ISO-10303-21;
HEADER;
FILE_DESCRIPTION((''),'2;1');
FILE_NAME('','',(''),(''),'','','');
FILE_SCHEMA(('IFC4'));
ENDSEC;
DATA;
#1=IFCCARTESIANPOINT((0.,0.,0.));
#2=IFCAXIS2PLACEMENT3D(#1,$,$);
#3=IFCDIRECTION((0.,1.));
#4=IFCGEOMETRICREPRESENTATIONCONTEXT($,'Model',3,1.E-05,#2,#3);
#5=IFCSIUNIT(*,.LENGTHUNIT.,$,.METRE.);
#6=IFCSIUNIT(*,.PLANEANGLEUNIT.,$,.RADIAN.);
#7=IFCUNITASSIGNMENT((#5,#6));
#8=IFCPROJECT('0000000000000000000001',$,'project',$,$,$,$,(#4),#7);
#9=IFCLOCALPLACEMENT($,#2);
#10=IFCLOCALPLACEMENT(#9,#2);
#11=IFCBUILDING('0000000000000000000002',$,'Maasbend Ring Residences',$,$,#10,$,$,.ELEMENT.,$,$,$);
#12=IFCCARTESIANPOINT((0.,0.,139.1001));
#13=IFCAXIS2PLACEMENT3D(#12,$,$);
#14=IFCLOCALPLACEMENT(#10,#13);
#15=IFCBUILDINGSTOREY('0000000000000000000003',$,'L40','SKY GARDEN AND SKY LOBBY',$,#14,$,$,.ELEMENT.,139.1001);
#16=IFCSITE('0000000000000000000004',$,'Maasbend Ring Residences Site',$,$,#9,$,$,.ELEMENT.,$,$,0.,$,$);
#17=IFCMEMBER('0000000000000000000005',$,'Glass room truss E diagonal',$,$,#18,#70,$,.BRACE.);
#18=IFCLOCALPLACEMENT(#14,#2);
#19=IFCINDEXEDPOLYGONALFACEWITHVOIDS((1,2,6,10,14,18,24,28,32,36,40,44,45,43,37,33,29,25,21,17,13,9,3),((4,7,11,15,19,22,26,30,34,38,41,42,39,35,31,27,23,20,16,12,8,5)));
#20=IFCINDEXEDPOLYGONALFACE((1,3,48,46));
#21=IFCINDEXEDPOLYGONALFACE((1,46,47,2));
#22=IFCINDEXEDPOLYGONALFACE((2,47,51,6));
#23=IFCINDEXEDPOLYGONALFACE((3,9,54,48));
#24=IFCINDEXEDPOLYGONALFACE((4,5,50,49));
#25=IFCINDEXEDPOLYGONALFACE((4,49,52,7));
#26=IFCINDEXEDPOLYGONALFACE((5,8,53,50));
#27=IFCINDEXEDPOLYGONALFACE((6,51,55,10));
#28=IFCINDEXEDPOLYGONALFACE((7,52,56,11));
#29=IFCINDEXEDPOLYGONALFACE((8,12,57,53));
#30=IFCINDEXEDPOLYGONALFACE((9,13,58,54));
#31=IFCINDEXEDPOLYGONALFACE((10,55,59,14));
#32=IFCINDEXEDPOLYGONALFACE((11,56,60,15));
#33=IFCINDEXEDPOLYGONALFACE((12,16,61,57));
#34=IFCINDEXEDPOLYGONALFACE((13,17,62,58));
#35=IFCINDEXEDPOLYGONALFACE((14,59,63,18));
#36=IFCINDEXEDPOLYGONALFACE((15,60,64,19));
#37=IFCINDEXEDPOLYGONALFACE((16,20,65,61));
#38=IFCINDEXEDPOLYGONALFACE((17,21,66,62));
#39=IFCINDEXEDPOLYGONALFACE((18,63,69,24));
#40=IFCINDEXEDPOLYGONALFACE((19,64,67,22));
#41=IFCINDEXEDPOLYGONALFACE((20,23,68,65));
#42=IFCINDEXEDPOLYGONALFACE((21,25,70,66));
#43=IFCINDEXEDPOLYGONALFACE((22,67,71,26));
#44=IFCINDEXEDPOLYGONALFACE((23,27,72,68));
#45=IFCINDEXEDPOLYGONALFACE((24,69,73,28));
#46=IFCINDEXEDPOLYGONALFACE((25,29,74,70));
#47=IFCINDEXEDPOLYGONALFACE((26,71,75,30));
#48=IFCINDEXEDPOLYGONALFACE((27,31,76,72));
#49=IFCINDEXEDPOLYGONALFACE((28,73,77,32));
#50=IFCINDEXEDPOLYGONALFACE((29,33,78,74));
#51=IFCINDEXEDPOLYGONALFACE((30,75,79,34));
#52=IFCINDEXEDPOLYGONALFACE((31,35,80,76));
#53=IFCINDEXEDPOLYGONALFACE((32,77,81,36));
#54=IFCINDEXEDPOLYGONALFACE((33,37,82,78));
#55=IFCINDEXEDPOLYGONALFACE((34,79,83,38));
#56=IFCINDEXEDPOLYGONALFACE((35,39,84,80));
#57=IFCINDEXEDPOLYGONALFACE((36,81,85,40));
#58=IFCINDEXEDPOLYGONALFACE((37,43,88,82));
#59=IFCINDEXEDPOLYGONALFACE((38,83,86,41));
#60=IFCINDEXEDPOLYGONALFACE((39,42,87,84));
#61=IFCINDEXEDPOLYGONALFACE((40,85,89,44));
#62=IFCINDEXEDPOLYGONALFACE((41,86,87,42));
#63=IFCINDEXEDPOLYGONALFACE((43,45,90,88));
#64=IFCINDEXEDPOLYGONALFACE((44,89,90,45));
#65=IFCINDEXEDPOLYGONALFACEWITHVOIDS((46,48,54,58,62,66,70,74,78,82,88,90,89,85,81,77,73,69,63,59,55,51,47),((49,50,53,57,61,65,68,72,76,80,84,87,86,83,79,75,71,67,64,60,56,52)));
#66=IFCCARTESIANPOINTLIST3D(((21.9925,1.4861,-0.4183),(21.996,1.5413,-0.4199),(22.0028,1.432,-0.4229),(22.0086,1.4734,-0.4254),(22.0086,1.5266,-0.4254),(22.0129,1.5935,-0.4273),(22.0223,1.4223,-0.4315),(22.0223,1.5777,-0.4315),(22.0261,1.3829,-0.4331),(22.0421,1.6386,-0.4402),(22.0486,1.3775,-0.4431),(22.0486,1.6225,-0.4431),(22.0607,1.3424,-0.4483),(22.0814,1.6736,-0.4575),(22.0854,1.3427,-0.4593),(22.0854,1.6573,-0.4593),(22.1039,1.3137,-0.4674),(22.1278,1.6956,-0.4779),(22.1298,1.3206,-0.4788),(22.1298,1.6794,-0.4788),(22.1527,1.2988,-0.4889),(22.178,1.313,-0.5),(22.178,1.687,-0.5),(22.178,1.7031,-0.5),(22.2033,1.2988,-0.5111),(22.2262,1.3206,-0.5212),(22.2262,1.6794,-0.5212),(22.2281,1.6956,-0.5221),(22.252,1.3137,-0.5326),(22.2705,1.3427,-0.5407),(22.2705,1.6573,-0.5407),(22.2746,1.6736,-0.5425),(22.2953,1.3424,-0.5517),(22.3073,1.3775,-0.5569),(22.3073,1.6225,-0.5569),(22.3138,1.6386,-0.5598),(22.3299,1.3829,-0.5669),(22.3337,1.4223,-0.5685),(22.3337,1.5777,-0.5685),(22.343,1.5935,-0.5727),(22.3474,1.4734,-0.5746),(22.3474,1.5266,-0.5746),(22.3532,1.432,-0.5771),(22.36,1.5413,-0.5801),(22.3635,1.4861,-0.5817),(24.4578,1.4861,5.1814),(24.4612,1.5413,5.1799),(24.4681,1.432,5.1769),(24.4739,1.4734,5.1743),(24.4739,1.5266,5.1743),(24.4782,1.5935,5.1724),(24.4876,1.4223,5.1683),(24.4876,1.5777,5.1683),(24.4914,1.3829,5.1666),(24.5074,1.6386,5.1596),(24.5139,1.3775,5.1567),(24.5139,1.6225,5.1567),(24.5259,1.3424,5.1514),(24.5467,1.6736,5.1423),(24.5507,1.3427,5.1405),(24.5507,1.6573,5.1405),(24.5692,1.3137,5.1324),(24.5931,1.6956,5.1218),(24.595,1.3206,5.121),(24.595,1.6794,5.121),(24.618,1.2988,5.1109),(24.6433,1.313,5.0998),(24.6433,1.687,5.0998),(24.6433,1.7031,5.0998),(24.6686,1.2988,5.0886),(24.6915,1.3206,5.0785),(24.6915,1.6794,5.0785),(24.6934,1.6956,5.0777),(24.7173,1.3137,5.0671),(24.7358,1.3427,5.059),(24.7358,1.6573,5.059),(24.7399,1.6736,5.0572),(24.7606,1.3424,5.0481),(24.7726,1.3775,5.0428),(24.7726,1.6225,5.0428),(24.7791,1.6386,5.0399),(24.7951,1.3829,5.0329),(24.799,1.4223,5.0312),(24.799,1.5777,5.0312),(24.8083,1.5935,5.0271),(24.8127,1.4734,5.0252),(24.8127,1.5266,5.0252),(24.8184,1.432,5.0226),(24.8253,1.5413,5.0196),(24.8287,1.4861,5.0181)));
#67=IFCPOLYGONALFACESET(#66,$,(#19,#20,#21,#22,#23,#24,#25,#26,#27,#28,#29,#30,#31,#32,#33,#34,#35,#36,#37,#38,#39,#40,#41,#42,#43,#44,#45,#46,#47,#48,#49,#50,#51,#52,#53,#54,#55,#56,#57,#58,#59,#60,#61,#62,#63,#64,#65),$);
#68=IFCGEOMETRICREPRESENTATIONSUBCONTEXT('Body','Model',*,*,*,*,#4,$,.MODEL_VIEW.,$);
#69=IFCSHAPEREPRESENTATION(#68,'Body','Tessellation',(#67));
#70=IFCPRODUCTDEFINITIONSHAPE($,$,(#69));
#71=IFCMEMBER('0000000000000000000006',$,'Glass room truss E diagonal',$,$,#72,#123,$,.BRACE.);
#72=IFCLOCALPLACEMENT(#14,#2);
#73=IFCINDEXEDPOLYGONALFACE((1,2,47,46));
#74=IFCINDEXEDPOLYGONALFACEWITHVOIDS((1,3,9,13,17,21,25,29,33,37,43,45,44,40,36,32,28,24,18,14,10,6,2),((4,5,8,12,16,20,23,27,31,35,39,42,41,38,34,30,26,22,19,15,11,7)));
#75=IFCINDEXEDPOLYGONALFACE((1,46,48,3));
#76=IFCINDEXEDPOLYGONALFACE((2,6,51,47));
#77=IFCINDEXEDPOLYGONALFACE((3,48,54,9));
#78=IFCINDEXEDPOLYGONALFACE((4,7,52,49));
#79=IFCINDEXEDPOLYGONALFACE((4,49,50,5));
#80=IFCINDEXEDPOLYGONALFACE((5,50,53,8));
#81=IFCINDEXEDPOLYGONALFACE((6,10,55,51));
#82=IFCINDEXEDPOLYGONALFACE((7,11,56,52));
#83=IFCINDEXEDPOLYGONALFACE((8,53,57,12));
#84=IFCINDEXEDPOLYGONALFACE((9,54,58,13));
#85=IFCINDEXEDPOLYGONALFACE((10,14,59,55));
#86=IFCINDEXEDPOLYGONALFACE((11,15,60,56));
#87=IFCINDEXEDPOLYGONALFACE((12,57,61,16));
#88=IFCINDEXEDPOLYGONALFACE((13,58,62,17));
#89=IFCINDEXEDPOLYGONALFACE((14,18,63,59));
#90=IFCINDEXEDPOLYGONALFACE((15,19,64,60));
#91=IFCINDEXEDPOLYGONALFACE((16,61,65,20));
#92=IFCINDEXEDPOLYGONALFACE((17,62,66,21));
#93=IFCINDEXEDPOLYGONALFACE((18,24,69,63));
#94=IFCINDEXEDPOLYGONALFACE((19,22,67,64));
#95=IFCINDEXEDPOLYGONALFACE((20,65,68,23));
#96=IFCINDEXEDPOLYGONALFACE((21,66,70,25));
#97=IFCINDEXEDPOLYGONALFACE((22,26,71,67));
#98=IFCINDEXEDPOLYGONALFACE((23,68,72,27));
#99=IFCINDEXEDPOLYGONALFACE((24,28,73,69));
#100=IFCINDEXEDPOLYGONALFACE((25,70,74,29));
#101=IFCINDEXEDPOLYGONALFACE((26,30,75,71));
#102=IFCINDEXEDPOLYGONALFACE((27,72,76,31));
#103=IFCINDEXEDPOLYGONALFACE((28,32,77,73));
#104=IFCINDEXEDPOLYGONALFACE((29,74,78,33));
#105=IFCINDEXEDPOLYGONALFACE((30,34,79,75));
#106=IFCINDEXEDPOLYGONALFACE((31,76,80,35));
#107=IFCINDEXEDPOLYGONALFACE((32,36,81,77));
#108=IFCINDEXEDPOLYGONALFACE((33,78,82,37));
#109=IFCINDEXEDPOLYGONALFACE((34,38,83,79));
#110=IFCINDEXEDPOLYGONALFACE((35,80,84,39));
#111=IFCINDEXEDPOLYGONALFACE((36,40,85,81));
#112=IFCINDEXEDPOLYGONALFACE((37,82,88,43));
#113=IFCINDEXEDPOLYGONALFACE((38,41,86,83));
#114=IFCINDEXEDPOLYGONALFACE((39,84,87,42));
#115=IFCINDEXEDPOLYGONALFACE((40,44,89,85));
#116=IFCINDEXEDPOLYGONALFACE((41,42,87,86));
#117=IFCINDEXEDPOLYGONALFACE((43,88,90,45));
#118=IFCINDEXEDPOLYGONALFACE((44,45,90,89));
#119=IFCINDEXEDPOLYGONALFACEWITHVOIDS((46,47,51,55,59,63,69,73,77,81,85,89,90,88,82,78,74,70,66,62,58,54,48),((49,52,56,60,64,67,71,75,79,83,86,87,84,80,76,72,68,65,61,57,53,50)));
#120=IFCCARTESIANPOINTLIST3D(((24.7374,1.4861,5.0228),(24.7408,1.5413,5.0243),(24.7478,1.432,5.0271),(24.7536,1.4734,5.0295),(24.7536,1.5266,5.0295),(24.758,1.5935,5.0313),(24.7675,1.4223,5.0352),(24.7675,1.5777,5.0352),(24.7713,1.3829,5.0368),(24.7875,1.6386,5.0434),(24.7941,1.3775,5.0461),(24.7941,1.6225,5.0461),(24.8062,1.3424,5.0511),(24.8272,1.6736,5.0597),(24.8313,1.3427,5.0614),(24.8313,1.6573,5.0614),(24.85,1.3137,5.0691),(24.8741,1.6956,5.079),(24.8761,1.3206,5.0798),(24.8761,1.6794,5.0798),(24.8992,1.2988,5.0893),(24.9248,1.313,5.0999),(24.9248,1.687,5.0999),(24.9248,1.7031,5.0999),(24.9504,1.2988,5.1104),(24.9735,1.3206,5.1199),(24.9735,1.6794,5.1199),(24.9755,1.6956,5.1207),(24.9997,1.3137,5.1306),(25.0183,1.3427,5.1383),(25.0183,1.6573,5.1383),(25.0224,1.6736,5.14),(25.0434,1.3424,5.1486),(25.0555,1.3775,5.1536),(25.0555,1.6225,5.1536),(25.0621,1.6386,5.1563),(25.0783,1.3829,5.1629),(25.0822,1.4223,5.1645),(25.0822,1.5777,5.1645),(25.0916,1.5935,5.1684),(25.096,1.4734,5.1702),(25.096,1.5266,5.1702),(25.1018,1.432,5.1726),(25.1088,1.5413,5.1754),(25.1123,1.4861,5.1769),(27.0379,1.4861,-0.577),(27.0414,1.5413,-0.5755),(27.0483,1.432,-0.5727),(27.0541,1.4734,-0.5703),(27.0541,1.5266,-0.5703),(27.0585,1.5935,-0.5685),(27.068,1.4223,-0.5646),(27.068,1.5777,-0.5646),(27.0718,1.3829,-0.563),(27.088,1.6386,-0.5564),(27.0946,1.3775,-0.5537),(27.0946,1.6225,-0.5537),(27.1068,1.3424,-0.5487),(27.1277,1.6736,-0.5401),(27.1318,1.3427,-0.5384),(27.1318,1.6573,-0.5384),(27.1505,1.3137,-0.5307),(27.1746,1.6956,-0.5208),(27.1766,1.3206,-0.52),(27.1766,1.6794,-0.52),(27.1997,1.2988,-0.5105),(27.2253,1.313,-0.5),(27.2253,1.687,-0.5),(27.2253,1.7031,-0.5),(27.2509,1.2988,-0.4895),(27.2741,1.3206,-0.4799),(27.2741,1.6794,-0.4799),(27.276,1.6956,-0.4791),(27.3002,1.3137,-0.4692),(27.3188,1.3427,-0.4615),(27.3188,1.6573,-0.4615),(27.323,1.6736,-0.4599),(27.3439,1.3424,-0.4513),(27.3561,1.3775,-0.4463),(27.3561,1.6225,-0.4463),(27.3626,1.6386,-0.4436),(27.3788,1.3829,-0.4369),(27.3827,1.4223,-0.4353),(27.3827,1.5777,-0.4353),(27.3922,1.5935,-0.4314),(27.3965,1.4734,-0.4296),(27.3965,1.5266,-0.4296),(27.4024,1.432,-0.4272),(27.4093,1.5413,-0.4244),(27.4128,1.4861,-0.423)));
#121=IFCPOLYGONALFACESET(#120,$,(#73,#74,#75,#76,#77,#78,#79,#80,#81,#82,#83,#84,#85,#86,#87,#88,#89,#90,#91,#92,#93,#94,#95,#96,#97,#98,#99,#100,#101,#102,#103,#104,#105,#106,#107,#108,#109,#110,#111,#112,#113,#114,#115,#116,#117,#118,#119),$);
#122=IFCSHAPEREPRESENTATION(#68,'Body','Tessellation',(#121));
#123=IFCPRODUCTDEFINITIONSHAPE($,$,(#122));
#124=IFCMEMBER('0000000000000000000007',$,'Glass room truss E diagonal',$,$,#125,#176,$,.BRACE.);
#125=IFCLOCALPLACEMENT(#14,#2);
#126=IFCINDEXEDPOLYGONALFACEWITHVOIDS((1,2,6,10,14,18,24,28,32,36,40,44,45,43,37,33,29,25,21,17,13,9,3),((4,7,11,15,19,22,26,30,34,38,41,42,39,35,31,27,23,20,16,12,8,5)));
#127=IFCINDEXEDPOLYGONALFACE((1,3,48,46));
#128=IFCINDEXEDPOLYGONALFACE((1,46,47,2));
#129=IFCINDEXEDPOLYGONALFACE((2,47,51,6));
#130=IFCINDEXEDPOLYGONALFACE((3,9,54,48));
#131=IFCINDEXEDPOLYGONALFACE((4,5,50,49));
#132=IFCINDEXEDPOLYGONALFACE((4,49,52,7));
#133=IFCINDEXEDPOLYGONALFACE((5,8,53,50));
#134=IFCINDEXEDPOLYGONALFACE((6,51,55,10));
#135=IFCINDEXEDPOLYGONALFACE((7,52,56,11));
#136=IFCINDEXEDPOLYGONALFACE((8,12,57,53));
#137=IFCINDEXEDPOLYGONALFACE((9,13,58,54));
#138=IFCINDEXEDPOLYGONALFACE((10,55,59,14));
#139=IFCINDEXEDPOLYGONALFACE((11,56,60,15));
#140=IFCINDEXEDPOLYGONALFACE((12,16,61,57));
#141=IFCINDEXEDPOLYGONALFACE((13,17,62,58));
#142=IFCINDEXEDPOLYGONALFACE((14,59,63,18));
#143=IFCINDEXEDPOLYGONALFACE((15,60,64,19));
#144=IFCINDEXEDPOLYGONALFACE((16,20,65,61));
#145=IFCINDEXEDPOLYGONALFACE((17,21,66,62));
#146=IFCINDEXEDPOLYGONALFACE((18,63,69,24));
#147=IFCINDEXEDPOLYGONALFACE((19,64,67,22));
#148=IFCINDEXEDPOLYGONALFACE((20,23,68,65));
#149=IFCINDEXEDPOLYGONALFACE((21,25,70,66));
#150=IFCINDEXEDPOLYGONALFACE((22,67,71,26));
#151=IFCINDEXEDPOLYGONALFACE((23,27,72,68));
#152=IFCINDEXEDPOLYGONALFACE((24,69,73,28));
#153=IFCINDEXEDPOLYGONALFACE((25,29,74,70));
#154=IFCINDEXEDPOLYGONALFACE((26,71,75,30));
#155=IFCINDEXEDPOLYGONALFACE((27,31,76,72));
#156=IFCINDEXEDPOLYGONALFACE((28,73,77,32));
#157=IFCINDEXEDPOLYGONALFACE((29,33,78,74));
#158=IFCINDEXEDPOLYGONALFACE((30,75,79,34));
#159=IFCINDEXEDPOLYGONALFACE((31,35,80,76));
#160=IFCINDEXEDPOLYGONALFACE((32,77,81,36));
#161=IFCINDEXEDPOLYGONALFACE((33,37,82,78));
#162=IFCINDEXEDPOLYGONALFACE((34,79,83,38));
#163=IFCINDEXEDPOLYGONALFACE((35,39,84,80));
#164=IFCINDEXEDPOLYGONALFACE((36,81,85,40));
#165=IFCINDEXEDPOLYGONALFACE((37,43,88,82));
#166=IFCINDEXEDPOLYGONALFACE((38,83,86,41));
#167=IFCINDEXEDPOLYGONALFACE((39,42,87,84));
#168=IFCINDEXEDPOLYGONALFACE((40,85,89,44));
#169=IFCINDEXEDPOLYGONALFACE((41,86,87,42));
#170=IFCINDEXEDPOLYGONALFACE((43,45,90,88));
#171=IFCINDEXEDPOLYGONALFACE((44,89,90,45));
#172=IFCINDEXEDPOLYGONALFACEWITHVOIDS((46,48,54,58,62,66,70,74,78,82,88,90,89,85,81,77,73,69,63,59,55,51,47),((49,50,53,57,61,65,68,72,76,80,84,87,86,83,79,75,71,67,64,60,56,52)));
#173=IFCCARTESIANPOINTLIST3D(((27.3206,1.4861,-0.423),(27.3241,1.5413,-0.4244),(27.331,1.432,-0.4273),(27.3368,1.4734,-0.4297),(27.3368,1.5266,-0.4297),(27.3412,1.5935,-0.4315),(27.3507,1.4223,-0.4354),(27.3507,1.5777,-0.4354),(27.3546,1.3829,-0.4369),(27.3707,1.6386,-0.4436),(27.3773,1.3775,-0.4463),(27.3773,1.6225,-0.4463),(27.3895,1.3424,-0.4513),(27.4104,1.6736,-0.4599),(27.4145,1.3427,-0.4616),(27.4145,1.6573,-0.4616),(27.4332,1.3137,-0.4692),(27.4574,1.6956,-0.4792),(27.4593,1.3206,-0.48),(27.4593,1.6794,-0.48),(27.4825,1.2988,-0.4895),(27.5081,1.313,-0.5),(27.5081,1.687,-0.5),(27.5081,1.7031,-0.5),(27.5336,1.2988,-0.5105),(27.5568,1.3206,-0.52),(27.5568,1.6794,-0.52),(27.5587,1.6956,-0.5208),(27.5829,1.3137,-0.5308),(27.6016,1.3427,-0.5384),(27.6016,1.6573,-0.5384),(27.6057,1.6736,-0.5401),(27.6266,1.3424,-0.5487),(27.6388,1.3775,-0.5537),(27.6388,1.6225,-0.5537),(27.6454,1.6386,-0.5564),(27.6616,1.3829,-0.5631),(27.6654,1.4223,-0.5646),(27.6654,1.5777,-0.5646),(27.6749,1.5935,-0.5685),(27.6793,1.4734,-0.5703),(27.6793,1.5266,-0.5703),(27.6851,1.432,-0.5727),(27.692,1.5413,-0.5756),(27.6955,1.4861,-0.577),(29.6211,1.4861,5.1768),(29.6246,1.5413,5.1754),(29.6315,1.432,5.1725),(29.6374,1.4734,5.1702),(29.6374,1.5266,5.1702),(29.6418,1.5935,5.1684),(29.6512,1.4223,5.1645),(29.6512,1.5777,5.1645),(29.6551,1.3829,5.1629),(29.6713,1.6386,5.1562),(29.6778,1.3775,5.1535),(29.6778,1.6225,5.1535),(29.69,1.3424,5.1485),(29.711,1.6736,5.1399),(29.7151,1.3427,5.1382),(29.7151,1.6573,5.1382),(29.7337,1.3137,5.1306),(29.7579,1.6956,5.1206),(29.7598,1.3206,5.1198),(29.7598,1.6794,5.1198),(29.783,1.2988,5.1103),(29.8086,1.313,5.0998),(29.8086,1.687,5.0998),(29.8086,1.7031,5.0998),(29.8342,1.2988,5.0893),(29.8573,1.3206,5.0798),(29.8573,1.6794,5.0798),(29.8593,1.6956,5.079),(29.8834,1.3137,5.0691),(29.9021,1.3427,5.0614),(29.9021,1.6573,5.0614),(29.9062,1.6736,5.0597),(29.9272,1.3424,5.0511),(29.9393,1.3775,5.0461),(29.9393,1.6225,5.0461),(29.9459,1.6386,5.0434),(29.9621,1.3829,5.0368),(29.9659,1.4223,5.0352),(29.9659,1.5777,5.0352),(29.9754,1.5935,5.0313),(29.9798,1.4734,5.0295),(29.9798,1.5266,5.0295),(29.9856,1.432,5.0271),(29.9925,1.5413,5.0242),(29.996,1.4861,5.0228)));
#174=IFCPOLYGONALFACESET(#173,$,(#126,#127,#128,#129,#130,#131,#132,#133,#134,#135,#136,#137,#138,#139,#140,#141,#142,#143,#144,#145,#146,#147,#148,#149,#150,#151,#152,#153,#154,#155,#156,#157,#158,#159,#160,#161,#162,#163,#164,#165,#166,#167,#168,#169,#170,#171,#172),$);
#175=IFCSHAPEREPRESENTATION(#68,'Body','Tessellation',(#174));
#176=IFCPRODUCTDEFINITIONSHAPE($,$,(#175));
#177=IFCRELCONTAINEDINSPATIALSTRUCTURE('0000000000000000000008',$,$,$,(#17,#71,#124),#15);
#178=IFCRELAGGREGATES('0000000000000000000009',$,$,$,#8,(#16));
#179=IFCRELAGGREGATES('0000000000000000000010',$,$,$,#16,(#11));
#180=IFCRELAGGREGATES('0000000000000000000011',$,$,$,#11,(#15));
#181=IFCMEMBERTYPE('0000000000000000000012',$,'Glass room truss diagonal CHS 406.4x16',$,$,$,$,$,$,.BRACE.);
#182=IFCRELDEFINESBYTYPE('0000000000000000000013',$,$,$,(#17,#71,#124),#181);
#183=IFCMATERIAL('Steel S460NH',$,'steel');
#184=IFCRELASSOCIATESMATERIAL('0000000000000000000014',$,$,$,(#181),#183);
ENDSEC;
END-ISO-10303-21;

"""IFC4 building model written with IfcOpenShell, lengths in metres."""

from ifc_helpers import new_model, si_unit, direction, frame, origin, origin_2d, place, context, subcontext, project, spatial, hollow_circle, extrude, material, material_profile, profile_set, type_object, element, save


model = new_model("IFC4")

# Units and contexts
model_context = context("Model", 3, precision=1e-05, world=origin(), true_north=direction((0.0, 1.0)))
body_context = subcontext(model_context, "Body", "Model", "MODEL_VIEW")
ifc_project = project(units=[si_unit("LENGTHUNIT", "METRE"), si_unit("PLANEANGLEUNIT", "RADIAN")], contexts=[model_context])

# Site, building, storey
site_placement = place(None, origin())
site = spatial("IfcSite", under=ifc_project, at=site_placement, Name="Maasbend Ring Residences Site", CompositionType="ELEMENT", RefElevation=0.0)
building_placement = place(site_placement, origin())
building = spatial("IfcBuilding", under=site, at=building_placement, Name="Maasbend Ring Residences", CompositionType="ELEMENT")
storey_placement = place(building_placement, frame((0.0, 0.0, 139.1001)))
storey = spatial("IfcBuildingStorey", under=building, at=storey_placement, Name="L40", Description="SKY GARDEN AND SKY LOBBY", CompositionType="ELEMENT", Elevation=139.1001)

# Members
ifc_material_1 = material(Name="Steel S460NH", Category="steel")
ifc_material_profile_1 = material_profile(ifc_material_1, hollow_circle(Radius=0.2031, WallThickness=0.0161, at=origin_2d()), Name="Glass room truss diagonal CHS 406.4x16")
ifc_profile_set_1 = profile_set([ifc_material_profile_1], Name="Steel S460NH")
member_type_1 = type_object("IfcMemberType", Name="Glass room truss diagonal CHS 406.4x16", PredefinedType="BRACE", material=ifc_profile_set_1)
member_1_placement = place(storey_placement, frame((22.178, 1.5, -0.5), z_axis=(0.40293, 0.0, 0.915231), x_axis=(0.0, 1.0, 0.0)))
element("IfcMember", 1, at=member_1_placement, inside=storey, type_object=member_type_1, Name="Glass room truss E diagonal", PredefinedType="BRACE", context=body_context, shape_type="SweptSolid", body=[
    extrude(hollow_circle(Radius=0.2031, WallThickness=0.0161, at=origin_2d()), origin(), (0.0, 0.0, 1.0), 6.1184),
])
for number, where, z_axis, x_axis, name in (
    (2, (24.9248, 1.5, 5.0999), (0.380003, 0.0, -0.924985), (0.0, 1.0, 0.0), "Glass room truss E diagonal"),
    (3, (27.5081, 1.5, -0.5), (0.380003, 0.0, 0.924985), (0.0, 1.0, 0.0), "Glass room truss E diagonal"),
):
    element("IfcMember", number, at=place(storey_placement, frame(where, z_axis=z_axis, x_axis=x_axis)), inside=storey, type_object=member_type_1, Name=name, PredefinedType="BRACE", context=body_context, shape_type="SweptSolid", body=[
        extrude(hollow_circle(Radius=0.2031, WallThickness=0.0161, at=origin_2d()), origin(), (0.0, 0.0, 1.0), 6.054),
    ])

save(model, "model.ifc")
